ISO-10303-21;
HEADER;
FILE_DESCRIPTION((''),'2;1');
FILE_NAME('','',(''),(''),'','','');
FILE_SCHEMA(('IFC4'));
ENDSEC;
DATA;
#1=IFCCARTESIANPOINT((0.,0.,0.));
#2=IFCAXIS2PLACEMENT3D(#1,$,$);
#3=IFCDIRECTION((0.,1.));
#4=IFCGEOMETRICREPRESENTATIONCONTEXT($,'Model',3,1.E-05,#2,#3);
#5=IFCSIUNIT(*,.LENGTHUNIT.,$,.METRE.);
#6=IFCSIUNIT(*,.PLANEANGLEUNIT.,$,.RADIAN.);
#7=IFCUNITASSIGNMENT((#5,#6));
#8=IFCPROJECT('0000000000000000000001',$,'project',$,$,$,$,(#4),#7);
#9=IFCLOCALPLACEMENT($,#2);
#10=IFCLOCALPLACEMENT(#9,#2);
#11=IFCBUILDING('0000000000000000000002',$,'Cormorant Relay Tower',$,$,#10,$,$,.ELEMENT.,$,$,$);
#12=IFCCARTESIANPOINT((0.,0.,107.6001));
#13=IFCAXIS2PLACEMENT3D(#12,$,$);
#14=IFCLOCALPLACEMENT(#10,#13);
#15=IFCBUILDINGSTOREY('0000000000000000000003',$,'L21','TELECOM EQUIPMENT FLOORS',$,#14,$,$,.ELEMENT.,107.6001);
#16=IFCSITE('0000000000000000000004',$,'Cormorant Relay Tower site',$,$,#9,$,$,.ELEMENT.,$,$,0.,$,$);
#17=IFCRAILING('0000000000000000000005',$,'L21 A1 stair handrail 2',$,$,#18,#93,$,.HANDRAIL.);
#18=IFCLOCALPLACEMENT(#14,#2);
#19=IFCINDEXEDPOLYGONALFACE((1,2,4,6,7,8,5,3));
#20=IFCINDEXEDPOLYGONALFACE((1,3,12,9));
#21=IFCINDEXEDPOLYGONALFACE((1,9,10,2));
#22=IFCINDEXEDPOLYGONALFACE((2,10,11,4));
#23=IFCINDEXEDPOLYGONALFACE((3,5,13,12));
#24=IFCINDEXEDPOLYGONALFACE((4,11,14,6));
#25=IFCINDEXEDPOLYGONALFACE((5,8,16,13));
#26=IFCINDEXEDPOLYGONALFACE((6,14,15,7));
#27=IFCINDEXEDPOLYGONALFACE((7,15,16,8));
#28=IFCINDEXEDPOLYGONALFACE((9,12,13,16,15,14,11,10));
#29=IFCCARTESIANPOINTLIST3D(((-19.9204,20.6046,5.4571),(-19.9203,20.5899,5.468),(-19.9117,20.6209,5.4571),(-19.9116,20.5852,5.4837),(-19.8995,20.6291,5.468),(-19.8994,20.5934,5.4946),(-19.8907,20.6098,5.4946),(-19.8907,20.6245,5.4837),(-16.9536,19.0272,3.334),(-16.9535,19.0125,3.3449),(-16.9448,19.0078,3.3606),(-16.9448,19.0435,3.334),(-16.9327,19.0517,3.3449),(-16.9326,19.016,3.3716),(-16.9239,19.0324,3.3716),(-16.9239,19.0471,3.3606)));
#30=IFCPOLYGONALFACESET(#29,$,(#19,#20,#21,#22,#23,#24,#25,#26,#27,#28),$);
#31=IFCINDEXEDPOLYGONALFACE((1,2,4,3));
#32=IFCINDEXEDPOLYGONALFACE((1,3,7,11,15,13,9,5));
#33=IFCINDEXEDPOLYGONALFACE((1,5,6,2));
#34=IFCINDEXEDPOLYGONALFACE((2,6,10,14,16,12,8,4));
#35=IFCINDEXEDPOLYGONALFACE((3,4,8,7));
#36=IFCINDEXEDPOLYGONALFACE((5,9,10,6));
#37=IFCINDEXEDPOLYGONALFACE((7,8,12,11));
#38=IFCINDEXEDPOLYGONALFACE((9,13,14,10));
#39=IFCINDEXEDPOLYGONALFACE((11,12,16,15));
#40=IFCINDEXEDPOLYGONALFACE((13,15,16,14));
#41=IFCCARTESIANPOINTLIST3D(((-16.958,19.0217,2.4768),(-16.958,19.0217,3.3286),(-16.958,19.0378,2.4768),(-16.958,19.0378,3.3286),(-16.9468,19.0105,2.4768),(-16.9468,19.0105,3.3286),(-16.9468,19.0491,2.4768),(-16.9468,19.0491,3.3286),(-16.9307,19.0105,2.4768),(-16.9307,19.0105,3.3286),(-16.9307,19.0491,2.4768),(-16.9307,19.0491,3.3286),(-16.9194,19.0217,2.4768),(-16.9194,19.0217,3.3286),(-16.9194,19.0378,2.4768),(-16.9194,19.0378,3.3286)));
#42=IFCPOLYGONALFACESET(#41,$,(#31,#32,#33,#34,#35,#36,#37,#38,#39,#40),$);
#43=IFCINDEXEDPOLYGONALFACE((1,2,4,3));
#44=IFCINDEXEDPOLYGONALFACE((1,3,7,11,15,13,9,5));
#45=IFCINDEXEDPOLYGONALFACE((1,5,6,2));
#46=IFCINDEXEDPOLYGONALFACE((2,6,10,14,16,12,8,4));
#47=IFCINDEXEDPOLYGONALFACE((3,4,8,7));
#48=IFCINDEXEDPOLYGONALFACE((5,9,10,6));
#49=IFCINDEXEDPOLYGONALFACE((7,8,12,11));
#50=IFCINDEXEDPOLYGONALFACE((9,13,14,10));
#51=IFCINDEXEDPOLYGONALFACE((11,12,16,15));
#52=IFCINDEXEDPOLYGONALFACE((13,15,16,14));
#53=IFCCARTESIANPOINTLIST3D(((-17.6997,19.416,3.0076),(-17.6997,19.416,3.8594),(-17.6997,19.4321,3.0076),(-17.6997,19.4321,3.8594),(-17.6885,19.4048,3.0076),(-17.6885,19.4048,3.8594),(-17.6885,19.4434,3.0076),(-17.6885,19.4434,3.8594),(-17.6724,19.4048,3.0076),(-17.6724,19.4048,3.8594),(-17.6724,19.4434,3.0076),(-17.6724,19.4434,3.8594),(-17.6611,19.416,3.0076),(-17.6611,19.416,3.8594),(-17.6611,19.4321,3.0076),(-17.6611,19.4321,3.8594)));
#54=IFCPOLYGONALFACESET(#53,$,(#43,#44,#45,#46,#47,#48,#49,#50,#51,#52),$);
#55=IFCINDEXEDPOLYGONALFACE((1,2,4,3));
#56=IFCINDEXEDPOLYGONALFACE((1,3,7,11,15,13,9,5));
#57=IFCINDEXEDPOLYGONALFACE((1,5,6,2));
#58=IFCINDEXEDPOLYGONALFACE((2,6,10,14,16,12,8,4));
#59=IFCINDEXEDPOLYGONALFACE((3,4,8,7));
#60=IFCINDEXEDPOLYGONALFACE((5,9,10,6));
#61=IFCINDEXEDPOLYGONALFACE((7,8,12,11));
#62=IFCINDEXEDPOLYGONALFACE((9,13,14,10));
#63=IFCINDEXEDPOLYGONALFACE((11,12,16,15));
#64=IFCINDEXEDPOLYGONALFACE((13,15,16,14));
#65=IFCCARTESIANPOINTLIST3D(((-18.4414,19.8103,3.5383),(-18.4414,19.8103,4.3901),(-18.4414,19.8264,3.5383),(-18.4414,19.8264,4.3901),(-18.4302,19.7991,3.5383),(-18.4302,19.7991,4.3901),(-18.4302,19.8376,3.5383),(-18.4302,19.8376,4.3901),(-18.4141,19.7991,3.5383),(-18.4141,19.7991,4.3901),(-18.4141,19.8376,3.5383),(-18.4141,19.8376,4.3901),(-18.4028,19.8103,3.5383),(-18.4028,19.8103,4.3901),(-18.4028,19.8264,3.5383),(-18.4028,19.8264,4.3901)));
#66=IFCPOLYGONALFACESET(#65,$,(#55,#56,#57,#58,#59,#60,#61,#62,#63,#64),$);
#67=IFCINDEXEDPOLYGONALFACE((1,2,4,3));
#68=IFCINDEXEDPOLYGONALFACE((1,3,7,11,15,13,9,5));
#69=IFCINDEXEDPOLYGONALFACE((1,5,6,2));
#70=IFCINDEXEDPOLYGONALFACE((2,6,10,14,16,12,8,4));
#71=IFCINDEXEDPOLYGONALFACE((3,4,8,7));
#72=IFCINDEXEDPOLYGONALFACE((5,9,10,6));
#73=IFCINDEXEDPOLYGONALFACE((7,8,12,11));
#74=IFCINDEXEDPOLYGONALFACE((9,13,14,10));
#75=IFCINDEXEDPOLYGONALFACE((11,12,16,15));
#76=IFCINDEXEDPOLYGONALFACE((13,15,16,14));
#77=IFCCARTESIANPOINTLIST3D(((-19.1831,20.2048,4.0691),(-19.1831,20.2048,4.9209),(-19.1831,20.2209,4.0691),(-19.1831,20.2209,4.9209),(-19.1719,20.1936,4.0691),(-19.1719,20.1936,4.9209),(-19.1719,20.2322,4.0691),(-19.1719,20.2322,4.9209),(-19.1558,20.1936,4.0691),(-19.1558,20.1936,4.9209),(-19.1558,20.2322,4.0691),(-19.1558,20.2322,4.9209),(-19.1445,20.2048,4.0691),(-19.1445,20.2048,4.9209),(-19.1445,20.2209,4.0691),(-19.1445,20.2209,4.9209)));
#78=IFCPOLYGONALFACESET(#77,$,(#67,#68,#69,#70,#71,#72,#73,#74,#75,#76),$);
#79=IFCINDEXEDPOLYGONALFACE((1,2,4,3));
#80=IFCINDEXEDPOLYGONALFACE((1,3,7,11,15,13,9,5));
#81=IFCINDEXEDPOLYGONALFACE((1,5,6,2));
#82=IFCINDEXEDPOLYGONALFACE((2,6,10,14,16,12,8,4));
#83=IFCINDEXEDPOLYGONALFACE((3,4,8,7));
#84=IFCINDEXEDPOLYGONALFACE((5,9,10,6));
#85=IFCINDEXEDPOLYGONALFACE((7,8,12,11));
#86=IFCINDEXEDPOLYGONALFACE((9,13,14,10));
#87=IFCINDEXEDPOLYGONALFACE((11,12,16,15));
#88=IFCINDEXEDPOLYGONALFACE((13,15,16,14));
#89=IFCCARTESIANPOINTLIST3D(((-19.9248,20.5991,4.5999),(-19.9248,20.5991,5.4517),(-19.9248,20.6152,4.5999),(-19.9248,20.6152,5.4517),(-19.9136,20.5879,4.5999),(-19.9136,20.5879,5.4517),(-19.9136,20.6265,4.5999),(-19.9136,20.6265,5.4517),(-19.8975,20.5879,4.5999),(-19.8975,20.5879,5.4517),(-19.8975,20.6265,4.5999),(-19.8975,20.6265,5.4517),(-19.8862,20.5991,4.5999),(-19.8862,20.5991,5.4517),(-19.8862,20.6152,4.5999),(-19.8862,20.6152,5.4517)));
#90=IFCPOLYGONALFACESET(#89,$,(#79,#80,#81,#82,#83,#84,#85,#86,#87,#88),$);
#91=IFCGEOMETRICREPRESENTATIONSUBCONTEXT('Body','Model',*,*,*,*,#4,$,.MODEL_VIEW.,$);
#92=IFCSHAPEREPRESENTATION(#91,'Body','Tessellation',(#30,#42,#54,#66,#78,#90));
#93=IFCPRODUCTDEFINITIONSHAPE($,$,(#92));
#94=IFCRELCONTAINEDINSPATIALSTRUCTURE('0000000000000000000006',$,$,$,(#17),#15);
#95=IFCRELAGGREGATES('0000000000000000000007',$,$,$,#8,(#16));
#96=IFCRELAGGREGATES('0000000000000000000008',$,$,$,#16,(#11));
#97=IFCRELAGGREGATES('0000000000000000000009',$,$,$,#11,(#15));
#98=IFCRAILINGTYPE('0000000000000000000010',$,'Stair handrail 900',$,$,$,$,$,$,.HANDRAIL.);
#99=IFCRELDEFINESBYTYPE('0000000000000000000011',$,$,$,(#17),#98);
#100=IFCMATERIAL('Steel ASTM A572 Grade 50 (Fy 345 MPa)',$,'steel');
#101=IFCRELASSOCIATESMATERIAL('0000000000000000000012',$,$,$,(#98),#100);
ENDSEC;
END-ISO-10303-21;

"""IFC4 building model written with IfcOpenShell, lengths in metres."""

from ifc_helpers import new_model, si_unit, direction, frame, origin, place, context, subcontext, project, spatial, polyline, outline, extrude, material, type_object, element, save


model = new_model("IFC4")

# Units and contexts
model_context = context("Model", 3, precision=1e-05, world=origin(), true_north=direction((0.0, 1.0)))
body_context = subcontext(model_context, "Body", "Model", "MODEL_VIEW")
ifc_project = project(units=[si_unit("LENGTHUNIT", "METRE"), si_unit("PLANEANGLEUNIT", "RADIAN")], contexts=[model_context])

# Site, building, storey
site_placement = place(None, origin())
site = spatial("IfcSite", under=ifc_project, at=site_placement, Name="Cormorant Relay Tower site", CompositionType="ELEMENT", RefElevation=0.0)
building_placement = place(site_placement, origin())
building = spatial("IfcBuilding", under=site, at=building_placement, Name="Cormorant Relay Tower", CompositionType="ELEMENT")
storey_placement = place(building_placement, frame((0.0, 0.0, 107.6001)))
storey = spatial("IfcBuildingStorey", under=building, at=storey_placement, Name="L21", Description="TELECOM EQUIPMENT FLOORS", CompositionType="ELEMENT", Elevation=107.6001)

# Railing
ifc_material_1 = material(Name="Steel ASTM A572 Grade 50 (Fy 345 MPa)", Category="steel")
railing_type_1 = type_object("IfcRailingType", Name="Stair handrail 900", PredefinedType="HANDRAIL", material=ifc_material_1)
railing_1_placement = place(storey_placement, frame((-16.9387, 19.0298, 2.4768)))
element("IfcRailing", 1, at=railing_1_placement, inside=storey, type_object=railing_type_1, Name="L21 A1 stair handrail 2", PredefinedType="HANDRAIL", context=body_context, shape_type="SweptSolid", body=[
    extrude(outline(polyline([(0.0222, 0.0093), (0.0093, 0.0222), (-0.0093, 0.0222), (-0.0222, 0.0093), (-0.0222, -0.0093), (-0.0093, -0.0222), (0.0093, -0.0222), (0.0222, -0.0093), (0.0222, 0.0093)])), frame((0.0, 0.0, 0.876), z_axis=(-0.746441, 0.396869, 0.534155), x_axis=(-0.469453, -0.882958, 0.0)), (0.0, 0.0, 1.0), 3.9746),
    extrude(outline(polyline([(0.0193, 0.0081), (0.0081, 0.0193), (-0.0081, 0.0193), (-0.0193, 0.0081), (-0.0193, -0.0081), (-0.0081, -0.0193), (0.0081, -0.0193), (0.0193, -0.0081), (0.0193, 0.0081)])), origin(), (0.0, 0.0, 1.0), 0.8518),
    extrude(outline(polyline([(0.0193, 0.0081), (0.0081, 0.0193), (-0.0081, 0.0193), (-0.0193, 0.0081), (-0.0193, -0.0081), (-0.0081, -0.0193), (0.0081, -0.0193), (0.0193, -0.0081), (0.0193, 0.0081)])), frame((-0.7417, 0.3943, 0.5308)), (0.0, 0.0, 1.0), 0.8518),
    extrude(outline(polyline([(0.0193, 0.0081), (0.0081, 0.0193), (-0.0081, 0.0193), (-0.0193, 0.0081), (-0.0193, -0.0081), (-0.0081, -0.0193), (0.0081, -0.0193), (0.0193, -0.0081), (0.0193, 0.0081)])), frame((-1.4834, 0.7886, 1.0615)), (0.0, 0.0, 1.0), 0.8518),
    extrude(outline(polyline([(0.0193, 0.0081), (0.0081, 0.0193), (-0.0081, 0.0193), (-0.0193, 0.0081), (-0.0193, -0.0081), (-0.0081, -0.0193), (0.0081, -0.0193), (0.0193, -0.0081), (0.0193, 0.0081)])), frame((-2.2251, 1.1831, 1.5923)), (0.0, 0.0, 1.0), 0.8518),
    extrude(outline(polyline([(0.0193, 0.0081), (0.0081, 0.0193), (-0.0081, 0.0193), (-0.0193, 0.0081), (-0.0193, -0.0081), (-0.0081, -0.0193), (0.0081, -0.0193), (0.0193, -0.0081), (0.0193, 0.0081)])), frame((-2.9668, 1.5774, 2.123)), (0.0, 0.0, 1.0), 0.8518),
])

save(model, "model.ifc")
